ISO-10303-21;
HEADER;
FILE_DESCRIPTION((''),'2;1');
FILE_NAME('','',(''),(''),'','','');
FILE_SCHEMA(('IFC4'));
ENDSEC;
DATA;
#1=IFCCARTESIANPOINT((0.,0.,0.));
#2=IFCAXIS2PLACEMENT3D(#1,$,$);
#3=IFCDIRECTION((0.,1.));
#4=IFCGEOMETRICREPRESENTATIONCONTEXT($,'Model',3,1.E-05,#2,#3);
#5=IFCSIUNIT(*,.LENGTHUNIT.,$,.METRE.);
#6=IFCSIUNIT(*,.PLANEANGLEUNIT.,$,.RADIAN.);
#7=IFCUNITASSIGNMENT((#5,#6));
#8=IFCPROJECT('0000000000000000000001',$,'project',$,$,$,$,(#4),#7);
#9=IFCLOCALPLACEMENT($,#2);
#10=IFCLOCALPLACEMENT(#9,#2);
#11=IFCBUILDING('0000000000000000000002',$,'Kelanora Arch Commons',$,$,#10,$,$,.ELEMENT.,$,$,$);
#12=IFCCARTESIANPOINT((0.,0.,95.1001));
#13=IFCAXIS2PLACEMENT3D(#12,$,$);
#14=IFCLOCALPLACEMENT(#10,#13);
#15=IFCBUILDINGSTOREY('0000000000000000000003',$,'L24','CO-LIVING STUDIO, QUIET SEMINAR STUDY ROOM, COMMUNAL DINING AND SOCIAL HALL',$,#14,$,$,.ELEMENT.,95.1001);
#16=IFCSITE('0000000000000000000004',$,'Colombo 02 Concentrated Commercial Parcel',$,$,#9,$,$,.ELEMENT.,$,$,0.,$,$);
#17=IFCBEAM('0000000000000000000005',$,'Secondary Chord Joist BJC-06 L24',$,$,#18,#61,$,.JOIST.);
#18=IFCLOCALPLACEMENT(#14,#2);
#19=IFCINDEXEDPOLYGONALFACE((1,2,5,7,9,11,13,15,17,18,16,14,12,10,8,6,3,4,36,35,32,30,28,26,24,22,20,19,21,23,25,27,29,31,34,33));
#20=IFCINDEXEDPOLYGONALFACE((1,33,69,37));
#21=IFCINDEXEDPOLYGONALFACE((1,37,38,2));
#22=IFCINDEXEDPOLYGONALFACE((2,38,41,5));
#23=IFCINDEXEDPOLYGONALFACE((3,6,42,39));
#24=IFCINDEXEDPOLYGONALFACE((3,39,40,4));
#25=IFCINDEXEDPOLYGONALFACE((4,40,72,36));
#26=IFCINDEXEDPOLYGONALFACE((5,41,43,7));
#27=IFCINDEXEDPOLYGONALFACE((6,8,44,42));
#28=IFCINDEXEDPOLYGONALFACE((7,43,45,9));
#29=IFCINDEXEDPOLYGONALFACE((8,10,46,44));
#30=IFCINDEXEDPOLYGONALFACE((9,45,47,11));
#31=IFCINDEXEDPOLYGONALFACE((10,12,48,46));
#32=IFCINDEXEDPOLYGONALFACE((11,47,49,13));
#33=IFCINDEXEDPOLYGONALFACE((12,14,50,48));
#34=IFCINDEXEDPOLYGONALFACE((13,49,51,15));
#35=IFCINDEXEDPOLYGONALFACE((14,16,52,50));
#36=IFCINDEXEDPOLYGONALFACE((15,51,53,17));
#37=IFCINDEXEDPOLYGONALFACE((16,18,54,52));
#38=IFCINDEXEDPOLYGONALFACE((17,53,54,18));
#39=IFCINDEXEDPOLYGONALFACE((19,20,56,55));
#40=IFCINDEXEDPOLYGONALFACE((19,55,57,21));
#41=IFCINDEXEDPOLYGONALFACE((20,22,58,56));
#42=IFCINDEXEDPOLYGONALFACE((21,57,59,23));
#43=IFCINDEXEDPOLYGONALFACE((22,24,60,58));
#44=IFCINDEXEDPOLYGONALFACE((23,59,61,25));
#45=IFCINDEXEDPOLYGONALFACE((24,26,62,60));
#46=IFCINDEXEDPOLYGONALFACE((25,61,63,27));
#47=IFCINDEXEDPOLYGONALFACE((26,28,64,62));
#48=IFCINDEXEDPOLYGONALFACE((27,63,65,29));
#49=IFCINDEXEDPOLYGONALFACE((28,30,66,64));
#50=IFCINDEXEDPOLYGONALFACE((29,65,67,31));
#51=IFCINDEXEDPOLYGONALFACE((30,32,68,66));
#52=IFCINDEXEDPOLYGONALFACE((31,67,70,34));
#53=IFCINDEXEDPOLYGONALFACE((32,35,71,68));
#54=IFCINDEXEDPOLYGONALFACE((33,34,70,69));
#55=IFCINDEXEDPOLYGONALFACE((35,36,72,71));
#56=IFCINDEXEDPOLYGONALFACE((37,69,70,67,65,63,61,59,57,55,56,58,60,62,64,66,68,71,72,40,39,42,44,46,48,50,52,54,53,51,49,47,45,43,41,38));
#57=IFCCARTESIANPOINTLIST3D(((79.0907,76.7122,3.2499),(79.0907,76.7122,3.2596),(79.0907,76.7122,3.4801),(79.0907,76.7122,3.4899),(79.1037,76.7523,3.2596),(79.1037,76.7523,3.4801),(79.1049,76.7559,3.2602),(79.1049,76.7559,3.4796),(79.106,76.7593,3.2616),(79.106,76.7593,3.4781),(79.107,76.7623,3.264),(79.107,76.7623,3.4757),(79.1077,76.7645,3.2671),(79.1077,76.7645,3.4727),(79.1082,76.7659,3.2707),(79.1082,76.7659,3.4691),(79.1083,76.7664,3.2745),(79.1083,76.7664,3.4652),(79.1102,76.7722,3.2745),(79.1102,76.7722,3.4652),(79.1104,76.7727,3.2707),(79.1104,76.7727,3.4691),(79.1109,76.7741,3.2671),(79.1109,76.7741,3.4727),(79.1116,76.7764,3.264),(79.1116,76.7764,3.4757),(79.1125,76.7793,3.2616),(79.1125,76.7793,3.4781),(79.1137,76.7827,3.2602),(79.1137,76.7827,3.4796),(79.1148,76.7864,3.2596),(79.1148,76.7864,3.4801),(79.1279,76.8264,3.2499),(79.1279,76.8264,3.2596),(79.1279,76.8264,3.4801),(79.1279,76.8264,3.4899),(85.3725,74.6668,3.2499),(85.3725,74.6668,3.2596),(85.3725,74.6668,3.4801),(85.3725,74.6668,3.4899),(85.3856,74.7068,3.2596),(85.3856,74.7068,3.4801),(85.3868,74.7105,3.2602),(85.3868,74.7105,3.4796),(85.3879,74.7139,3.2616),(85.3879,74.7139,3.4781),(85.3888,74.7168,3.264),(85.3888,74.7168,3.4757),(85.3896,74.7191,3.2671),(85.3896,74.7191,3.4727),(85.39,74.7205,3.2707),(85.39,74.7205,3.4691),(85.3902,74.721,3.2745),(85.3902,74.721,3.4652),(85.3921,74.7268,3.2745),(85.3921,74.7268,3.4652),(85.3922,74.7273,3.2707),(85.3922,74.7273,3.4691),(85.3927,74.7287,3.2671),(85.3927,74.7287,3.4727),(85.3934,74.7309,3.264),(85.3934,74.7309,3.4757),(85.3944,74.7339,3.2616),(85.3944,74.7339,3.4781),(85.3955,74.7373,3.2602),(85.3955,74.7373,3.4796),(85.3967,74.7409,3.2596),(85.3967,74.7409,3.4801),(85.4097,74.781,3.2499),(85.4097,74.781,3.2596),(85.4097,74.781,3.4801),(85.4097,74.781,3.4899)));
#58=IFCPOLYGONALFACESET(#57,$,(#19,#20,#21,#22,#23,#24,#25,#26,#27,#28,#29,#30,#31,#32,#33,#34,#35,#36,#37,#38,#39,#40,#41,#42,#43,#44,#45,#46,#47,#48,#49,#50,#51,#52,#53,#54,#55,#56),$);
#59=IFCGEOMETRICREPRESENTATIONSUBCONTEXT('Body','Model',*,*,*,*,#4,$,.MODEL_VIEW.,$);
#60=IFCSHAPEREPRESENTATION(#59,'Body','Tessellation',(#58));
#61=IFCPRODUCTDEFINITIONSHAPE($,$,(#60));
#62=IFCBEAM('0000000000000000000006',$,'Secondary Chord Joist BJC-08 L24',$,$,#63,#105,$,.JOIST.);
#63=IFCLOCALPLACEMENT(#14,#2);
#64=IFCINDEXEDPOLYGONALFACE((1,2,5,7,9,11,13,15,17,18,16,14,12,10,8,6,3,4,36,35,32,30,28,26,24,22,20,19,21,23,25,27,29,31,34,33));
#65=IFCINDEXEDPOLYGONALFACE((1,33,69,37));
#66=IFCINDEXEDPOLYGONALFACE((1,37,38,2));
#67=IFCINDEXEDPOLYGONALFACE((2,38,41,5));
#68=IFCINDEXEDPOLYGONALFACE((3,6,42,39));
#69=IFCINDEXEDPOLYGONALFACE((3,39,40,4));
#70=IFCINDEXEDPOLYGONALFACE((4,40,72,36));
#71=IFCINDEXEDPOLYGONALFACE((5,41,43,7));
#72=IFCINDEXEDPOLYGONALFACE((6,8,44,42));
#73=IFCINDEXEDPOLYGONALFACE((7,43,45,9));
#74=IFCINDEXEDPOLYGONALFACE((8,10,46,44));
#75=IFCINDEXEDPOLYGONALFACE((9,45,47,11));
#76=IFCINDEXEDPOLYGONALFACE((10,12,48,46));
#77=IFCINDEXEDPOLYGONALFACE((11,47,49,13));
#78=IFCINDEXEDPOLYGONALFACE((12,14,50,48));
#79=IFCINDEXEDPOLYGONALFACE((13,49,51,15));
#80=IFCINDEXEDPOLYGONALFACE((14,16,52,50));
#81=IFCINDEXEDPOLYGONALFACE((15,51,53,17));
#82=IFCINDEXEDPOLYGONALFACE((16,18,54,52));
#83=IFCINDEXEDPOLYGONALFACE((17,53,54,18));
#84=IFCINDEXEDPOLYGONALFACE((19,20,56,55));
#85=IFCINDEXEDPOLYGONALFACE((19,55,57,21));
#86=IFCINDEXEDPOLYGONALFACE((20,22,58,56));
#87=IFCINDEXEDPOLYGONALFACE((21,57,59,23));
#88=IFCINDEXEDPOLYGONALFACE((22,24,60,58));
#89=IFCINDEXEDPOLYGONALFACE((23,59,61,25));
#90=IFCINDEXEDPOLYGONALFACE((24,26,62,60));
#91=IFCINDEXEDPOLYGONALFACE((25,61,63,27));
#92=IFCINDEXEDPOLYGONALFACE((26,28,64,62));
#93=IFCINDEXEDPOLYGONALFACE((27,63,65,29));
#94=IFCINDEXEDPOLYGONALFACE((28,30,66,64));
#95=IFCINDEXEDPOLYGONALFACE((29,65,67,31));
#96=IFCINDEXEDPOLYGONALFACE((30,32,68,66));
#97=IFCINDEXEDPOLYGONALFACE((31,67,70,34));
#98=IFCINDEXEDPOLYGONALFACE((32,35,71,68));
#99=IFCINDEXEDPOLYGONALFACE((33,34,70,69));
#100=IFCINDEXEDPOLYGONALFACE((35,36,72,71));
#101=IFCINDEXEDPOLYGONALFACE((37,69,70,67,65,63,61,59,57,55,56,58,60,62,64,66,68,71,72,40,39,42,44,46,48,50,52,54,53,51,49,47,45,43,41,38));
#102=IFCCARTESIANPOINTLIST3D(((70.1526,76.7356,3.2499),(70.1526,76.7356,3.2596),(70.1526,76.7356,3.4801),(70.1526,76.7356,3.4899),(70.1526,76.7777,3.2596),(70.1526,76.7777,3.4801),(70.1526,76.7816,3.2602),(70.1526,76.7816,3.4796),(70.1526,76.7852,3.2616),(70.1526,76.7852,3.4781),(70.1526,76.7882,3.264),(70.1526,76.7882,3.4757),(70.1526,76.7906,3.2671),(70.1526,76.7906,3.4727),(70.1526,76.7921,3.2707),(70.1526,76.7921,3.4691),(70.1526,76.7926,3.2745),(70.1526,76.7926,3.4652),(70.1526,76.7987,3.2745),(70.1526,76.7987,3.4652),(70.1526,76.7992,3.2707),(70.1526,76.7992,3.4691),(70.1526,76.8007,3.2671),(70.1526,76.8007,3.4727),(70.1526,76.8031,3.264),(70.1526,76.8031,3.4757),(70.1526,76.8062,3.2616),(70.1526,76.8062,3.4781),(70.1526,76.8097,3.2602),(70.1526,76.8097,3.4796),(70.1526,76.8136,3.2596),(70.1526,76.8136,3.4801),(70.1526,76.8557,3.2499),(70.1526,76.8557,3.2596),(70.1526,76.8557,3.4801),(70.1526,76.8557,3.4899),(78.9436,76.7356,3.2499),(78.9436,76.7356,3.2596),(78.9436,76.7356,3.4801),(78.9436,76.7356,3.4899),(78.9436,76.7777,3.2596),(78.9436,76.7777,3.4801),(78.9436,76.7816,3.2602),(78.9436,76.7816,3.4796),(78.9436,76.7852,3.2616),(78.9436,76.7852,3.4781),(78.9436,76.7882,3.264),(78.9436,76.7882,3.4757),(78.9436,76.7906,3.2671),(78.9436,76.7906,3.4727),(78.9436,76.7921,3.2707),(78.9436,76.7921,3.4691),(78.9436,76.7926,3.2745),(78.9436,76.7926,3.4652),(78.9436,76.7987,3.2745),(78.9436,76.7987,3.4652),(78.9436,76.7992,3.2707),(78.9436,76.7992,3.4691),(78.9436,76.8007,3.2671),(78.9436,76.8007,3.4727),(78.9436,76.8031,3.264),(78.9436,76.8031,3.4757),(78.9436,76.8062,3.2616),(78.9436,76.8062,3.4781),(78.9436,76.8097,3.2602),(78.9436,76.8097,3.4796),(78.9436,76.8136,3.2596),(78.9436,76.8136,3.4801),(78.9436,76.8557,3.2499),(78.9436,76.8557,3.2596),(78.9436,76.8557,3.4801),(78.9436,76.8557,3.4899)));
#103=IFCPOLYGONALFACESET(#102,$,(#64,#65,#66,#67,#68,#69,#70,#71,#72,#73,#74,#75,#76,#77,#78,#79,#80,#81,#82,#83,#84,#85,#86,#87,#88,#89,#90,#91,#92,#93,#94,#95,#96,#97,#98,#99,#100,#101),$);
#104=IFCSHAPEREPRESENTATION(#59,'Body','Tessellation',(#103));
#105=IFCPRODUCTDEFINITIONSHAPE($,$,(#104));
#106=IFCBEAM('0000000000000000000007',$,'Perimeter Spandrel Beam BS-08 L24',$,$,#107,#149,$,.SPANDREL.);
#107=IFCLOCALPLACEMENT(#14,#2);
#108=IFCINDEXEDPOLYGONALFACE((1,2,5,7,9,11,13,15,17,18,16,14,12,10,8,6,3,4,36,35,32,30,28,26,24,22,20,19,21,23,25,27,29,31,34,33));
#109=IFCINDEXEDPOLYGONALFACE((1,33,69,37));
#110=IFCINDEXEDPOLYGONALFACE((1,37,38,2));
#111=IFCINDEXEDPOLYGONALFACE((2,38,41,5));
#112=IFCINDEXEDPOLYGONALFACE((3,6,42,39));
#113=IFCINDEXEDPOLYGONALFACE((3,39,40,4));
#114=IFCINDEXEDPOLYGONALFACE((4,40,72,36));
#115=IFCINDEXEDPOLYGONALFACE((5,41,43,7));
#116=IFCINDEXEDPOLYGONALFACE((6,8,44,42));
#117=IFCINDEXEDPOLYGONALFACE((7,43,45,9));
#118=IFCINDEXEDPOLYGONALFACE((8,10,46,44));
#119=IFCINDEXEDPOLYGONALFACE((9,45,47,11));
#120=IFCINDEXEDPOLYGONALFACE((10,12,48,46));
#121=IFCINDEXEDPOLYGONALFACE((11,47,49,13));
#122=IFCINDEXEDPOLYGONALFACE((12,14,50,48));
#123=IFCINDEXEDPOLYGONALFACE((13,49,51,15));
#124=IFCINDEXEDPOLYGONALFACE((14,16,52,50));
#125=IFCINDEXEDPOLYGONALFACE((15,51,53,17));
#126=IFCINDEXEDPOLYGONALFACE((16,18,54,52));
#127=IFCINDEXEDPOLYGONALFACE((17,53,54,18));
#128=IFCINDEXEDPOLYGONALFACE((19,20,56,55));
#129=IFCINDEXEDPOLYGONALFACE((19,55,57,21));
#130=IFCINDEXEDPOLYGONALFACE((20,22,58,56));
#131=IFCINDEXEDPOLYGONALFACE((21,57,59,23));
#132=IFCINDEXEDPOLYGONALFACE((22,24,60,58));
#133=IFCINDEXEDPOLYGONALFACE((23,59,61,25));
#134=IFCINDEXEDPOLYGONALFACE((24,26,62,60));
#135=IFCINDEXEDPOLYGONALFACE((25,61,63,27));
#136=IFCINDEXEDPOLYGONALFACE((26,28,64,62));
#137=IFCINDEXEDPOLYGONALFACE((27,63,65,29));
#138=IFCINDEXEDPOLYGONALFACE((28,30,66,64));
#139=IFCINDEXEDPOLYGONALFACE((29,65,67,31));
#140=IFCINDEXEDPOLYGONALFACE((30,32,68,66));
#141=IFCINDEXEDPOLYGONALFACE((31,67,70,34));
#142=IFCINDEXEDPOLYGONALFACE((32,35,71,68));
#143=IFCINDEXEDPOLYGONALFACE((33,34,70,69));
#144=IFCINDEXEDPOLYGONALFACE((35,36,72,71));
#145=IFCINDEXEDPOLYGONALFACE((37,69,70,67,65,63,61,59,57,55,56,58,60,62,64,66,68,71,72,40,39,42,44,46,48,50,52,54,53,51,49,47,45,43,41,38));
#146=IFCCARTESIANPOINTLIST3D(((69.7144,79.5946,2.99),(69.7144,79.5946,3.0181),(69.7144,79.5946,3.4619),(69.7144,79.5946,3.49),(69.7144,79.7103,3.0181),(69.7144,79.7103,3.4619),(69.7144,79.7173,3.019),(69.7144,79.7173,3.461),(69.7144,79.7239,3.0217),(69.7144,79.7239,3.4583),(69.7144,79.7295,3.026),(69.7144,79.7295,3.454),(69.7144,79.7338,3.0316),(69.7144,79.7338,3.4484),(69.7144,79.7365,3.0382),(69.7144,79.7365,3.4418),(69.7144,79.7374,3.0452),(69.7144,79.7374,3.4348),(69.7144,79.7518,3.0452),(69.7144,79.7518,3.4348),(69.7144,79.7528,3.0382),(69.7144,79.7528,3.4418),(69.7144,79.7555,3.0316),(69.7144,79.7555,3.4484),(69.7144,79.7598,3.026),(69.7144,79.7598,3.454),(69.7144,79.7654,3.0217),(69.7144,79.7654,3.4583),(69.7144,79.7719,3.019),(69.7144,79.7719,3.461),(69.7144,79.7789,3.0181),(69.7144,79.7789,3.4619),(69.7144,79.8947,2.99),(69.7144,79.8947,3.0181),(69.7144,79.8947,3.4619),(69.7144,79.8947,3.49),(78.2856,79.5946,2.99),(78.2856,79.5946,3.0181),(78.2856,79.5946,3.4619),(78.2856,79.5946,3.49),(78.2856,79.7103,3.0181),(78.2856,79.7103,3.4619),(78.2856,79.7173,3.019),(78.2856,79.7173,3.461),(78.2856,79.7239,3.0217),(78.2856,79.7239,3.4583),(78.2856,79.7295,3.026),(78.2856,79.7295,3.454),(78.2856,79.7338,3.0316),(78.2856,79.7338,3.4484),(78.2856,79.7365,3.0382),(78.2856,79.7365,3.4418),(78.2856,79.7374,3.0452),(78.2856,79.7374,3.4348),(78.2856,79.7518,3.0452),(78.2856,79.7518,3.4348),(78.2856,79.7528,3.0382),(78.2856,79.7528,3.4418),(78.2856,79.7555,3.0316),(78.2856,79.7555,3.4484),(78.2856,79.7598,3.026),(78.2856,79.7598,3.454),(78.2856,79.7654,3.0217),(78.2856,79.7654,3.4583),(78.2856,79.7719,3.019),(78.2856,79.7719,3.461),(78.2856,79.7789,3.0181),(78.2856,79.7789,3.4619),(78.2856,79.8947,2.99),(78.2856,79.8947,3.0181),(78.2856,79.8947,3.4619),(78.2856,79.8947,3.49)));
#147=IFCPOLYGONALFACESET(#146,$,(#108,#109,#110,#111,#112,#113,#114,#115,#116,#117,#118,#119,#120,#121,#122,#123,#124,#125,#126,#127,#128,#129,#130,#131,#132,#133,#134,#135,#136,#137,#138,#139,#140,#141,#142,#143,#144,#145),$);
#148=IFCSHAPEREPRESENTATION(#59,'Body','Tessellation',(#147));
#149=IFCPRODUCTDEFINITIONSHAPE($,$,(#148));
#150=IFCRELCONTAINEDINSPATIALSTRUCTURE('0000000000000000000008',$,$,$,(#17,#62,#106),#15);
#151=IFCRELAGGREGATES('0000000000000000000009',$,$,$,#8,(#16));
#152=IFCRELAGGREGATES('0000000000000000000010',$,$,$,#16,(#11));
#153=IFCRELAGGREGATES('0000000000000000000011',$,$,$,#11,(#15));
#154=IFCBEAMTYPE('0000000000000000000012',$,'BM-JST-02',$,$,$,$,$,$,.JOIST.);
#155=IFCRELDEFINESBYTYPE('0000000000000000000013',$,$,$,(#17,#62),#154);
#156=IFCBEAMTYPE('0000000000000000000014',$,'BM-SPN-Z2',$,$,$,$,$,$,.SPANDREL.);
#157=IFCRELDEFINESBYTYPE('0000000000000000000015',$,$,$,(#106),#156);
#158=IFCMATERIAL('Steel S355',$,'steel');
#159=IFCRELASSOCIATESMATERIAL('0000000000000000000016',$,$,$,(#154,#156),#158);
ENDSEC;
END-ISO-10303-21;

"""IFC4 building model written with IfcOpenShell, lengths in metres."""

from ifc_helpers import new_model, si_unit, direction, frame, origin, origin_2d, place, context, subcontext, project, spatial, i_section, extrude, material, material_profile, profile_set, type_object, element, save


model = new_model("IFC4")

# Units and contexts
model_context = context("Model", 3, precision=1e-05, world=origin(), true_north=direction((0.0, 1.0)))
body_context = subcontext(model_context, "Body", "Model", "MODEL_VIEW")
ifc_project = project(units=[si_unit("LENGTHUNIT", "METRE"), si_unit("PLANEANGLEUNIT", "RADIAN")], contexts=[model_context])

# Site, building, storey
site_placement = place(None, origin())
site = spatial("IfcSite", under=ifc_project, at=site_placement, Name="Colombo 02 Concentrated Commercial Parcel", CompositionType="ELEMENT", RefElevation=0.0)
building_placement = place(site_placement, origin())
building = spatial("IfcBuilding", under=site, at=building_placement, Name="Kelanora Arch Commons", CompositionType="ELEMENT")
storey_placement = place(building_placement, frame((0.0, 0.0, 95.1001)))
storey = spatial("IfcBuildingStorey", under=building, at=storey_placement, Name="L24", Description="CO-LIVING STUDIO, QUIET SEMINAR STUDY ROOM, COMMUNAL DINING AND SOCIAL HALL", CompositionType="ELEMENT", Elevation=95.1001)

# Beams
ifc_material_1 = material(Name="Steel S355", Category="steel")
ifc_material_profile_1 = material_profile(ifc_material_1, i_section(OverallWidth=0.1201, OverallDepth=0.24, WebThickness=0.0061, FlangeThickness=0.0098, FilletRadius=0.0149, at=origin_2d()), Name="IPE240")
ifc_profile_set_1 = profile_set([ifc_material_profile_1], Name="Steel S355")
beam_type_1 = type_object("IfcBeamType", Name="BM-JST-02", PredefinedType="JOIST", material=ifc_profile_set_1)
beam_1_placement = place(storey_placement, frame((85.3911, 74.7239, 3.3699), z_axis=(-0.950863, 0.309612, 0.0), x_axis=(-0.309612, -0.950863, 0.0)))
element("IfcBeam", 1, at=beam_1_placement, inside=storey, type_object=beam_type_1, Name="Secondary Chord Joist BJC-06 L24", PredefinedType="JOIST", context=body_context, shape_type="SweptSolid", body=[
    extrude(i_section(OverallWidth=0.1201, OverallDepth=0.24, WebThickness=0.0061, FlangeThickness=0.0098, FilletRadius=0.0149, at=origin_2d()), origin(), (0.0, 0.0, 1.0), 6.6064),
])
beam_2_placement = place(storey_placement, frame((78.9436, 76.7957, 3.3699), z_axis=(-1.0, 0.0, 0.0), x_axis=(0.0, -1.0, 0.0)))
element("IfcBeam", 2, at=beam_2_placement, inside=storey, type_object=beam_type_1, Name="Secondary Chord Joist BJC-08 L24", PredefinedType="JOIST", context=body_context, shape_type="SweptSolid", body=[
    extrude(i_section(OverallWidth=0.1201, OverallDepth=0.24, WebThickness=0.0061, FlangeThickness=0.0098, FilletRadius=0.0149, at=origin_2d()), origin(), (0.0, 0.0, 1.0), 8.791),
])
ifc_material_profile_2 = material_profile(ifc_material_1, i_section(OverallWidth=0.3, OverallDepth=0.5, WebThickness=0.0144, FlangeThickness=0.0281, FilletRadius=0.0271, at=origin_2d()), Name="HEB500")
ifc_profile_set_2 = profile_set([ifc_material_profile_2], Name="Steel S355")
beam_type_2 = type_object("IfcBeamType", Name="BM-SPN-Z2", PredefinedType="SPANDREL", material=ifc_profile_set_2)
beam_3_placement = place(storey_placement, frame((78.2856, 79.7446, 3.24), z_axis=(-1.0, 0.0, 0.0), x_axis=(0.0, -1.0, 0.0)))
element("IfcBeam", 3, at=beam_3_placement, inside=storey, type_object=beam_type_2, Name="Perimeter Spandrel Beam BS-08 L24", PredefinedType="SPANDREL", context=body_context, shape_type="SweptSolid", body=[
    extrude(i_section(OverallWidth=0.3, OverallDepth=0.5, WebThickness=0.0144, FlangeThickness=0.0281, FilletRadius=0.0271, at=origin_2d()), origin(), (0.0, 0.0, 1.0), 8.5713),
])

save(model, "model.ifc")
